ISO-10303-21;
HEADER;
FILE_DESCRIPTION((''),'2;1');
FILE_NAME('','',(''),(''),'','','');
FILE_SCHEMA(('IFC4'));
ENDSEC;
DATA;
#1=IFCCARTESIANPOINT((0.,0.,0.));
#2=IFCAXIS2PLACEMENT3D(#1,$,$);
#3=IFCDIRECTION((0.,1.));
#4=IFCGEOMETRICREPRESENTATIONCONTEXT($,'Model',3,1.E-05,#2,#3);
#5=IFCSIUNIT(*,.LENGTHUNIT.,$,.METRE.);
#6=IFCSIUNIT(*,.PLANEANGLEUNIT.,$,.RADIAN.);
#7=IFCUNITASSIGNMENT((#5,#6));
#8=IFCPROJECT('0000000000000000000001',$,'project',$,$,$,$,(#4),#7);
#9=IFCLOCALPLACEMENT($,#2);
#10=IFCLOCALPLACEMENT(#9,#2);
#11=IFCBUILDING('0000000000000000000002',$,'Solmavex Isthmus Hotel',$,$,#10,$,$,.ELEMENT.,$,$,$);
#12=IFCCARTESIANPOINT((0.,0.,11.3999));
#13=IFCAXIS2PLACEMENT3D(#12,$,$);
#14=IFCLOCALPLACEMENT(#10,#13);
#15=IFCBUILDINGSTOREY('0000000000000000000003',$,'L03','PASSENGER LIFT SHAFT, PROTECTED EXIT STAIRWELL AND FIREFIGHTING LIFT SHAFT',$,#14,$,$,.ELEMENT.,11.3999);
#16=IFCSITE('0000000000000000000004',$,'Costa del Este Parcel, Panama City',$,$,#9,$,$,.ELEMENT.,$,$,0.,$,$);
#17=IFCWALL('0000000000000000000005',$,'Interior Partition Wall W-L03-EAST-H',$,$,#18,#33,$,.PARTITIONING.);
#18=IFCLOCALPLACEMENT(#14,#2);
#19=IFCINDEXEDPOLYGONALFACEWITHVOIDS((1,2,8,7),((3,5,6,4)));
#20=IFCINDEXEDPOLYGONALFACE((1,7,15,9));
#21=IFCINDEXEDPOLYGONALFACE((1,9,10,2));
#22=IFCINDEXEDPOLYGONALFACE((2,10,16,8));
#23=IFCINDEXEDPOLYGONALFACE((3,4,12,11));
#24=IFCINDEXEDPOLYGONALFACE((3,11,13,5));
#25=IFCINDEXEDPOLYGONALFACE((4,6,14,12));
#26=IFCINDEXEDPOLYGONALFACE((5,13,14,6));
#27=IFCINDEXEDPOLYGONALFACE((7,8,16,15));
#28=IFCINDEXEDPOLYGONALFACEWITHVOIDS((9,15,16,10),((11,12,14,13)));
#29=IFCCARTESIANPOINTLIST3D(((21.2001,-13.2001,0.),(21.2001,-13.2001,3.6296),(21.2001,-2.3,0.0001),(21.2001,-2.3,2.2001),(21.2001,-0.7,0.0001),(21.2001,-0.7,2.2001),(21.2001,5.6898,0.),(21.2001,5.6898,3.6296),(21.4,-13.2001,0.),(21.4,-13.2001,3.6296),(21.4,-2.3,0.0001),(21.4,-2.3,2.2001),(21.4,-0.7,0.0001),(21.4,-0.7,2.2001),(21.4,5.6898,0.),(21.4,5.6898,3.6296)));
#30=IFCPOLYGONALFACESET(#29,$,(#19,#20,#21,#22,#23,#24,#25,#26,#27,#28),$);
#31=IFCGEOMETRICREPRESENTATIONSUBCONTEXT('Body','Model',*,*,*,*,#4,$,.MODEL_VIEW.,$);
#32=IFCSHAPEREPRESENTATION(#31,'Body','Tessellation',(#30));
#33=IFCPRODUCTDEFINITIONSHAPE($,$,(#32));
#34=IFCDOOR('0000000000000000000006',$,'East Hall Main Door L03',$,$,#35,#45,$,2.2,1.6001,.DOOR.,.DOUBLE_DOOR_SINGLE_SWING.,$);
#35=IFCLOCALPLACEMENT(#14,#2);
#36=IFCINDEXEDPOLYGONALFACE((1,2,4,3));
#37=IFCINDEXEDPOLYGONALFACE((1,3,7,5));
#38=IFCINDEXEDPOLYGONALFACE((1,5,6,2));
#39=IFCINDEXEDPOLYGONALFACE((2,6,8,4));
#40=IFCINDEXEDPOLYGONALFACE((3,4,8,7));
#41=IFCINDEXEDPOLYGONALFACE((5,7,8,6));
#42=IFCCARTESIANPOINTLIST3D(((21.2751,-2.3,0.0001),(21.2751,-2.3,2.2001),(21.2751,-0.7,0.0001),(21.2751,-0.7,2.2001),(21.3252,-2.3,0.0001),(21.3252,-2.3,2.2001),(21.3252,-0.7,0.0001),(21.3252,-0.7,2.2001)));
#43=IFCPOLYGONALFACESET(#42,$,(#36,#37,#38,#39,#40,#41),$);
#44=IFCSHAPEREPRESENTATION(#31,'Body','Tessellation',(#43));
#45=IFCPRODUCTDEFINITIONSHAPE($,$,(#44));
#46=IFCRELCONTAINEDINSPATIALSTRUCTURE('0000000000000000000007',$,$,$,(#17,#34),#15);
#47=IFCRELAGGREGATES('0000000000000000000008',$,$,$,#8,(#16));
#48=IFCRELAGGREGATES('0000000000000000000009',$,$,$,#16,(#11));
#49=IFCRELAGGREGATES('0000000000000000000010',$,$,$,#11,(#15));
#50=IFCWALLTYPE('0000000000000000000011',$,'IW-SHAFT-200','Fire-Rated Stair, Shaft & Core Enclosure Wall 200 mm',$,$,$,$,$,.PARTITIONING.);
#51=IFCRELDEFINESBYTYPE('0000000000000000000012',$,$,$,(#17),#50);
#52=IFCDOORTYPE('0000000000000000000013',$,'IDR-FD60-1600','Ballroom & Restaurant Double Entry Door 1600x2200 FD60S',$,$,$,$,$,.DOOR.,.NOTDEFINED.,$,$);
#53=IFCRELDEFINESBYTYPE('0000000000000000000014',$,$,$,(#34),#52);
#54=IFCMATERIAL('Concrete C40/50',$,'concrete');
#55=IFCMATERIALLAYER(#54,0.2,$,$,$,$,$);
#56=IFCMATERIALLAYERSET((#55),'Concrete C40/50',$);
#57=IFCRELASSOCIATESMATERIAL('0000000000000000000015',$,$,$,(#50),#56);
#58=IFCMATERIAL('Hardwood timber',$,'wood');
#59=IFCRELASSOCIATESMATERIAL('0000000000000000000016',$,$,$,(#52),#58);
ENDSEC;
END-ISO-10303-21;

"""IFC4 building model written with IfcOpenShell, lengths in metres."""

from ifc_helpers import new_model, si_unit, direction, frame, frame_2d, origin, place, context, subcontext, project, spatial, rectangle, extrude, material, layer, layer_set, type_object, element, fill, save


model = new_model("IFC4")

# Units and contexts
model_context = context("Model", 3, precision=1e-05, world=origin(), true_north=direction((0.0, 1.0)))
body_context = subcontext(model_context, "Body", "Model", "MODEL_VIEW")
ifc_project = project(units=[si_unit("LENGTHUNIT", "METRE"), si_unit("PLANEANGLEUNIT", "RADIAN")], contexts=[model_context])

# Site, building, storey
site_placement = place(None, origin())
site = spatial("IfcSite", under=ifc_project, at=site_placement, Name="Costa del Este Parcel, Panama City", CompositionType="ELEMENT", RefElevation=0.0)
building_placement = place(site_placement, origin())
building = spatial("IfcBuilding", under=site, at=building_placement, Name="Solmavex Isthmus Hotel", CompositionType="ELEMENT")
storey_placement = place(building_placement, frame((0.0, 0.0, 11.3999)))
storey = spatial("IfcBuildingStorey", under=building, at=storey_placement, Name="L03", Description="PASSENGER LIFT SHAFT, PROTECTED EXIT STAIRWELL AND FIREFIGHTING LIFT SHAFT", CompositionType="ELEMENT", Elevation=11.3999)

# Wall, opening, door
ifc_material_1 = material(Name="Concrete C40/50", Category="concrete")
ifc_layer_1 = layer(ifc_material_1, 0.2)
ifc_layer_set_1 = layer_set([ifc_layer_1], Name="Concrete C40/50")
wall_type_1 = type_object("IfcWallType", Name="IW-SHAFT-200", Description="Fire-Rated Stair, Shaft & Core Enclosure Wall 200 mm", PredefinedType="PARTITIONING", material=ifc_layer_set_1)
wall_1_placement = place(storey_placement, frame((21.3, -13.2, 0.0), z_axis=(0.0, 0.0, 1.0), x_axis=(0.0, 1.0, 0.0)))
wall_1 = element("IfcWall", 1, at=wall_1_placement, inside=storey, type_object=wall_type_1, Name="Interior Partition Wall W-L03-EAST-H", PredefinedType="PARTITIONING", context=body_context, shape_type="SweptSolid", body=[
    extrude(rectangle(XDim=18.8899, YDim=0.2, at=frame_2d((9.4448, 0.0))), origin(), (0.0, 0.0, 1.0), 3.6296),
])
opening_1_placement = place(wall_1_placement, frame((10.8999, 0.0, 0.0)))
opening_1 = element("IfcOpeningElement", 2, at=opening_1_placement, cuts=wall_1, PredefinedType="OPENING", context=body_context, shape_type="SweptSolid", body=[
    extrude(rectangle(XDim=1.6001, YDim=2.2, at=frame_2d((0.8, 1.1001))), frame((0.0, 0.1099, 0.0), z_axis=(0.0, -1.0, 0.0), x_axis=(1.0, 0.0, 0.0)), (0.0, 0.0, 1.0), 0.22),
])
ifc_material_2 = material(Name="Hardwood timber", Category="wood")
door_type = type_object("IfcDoorType", Name="IDR-FD60-1600", Description="Ballroom & Restaurant Double Entry Door 1600x2200 FD60S", OperationType="NOTDEFINED", PredefinedType="DOOR", material=ifc_material_2)
door_placement = place(opening_1_placement, origin())
door = element("IfcDoor", 3, at=door_placement, inside=storey, type_object=door_type, Name="East Hall Main Door L03", OperationType="DOUBLE_DOOR_SINGLE_SWING", OverallHeight=2.2, OverallWidth=1.6001, PredefinedType="DOOR", context=body_context, shape_type="SweptSolid", body=[
    extrude(rectangle(XDim=1.6001, YDim=2.2, at=frame_2d((0.8, 1.1001))), frame((0.0, 0.0249, 0.0), z_axis=(0.0, -1.0, 0.0), x_axis=(1.0, 0.0, 0.0)), (0.0, 0.0, 1.0), 0.05),
])
fill(opening_1, door)

save(model, "model.ifc")
